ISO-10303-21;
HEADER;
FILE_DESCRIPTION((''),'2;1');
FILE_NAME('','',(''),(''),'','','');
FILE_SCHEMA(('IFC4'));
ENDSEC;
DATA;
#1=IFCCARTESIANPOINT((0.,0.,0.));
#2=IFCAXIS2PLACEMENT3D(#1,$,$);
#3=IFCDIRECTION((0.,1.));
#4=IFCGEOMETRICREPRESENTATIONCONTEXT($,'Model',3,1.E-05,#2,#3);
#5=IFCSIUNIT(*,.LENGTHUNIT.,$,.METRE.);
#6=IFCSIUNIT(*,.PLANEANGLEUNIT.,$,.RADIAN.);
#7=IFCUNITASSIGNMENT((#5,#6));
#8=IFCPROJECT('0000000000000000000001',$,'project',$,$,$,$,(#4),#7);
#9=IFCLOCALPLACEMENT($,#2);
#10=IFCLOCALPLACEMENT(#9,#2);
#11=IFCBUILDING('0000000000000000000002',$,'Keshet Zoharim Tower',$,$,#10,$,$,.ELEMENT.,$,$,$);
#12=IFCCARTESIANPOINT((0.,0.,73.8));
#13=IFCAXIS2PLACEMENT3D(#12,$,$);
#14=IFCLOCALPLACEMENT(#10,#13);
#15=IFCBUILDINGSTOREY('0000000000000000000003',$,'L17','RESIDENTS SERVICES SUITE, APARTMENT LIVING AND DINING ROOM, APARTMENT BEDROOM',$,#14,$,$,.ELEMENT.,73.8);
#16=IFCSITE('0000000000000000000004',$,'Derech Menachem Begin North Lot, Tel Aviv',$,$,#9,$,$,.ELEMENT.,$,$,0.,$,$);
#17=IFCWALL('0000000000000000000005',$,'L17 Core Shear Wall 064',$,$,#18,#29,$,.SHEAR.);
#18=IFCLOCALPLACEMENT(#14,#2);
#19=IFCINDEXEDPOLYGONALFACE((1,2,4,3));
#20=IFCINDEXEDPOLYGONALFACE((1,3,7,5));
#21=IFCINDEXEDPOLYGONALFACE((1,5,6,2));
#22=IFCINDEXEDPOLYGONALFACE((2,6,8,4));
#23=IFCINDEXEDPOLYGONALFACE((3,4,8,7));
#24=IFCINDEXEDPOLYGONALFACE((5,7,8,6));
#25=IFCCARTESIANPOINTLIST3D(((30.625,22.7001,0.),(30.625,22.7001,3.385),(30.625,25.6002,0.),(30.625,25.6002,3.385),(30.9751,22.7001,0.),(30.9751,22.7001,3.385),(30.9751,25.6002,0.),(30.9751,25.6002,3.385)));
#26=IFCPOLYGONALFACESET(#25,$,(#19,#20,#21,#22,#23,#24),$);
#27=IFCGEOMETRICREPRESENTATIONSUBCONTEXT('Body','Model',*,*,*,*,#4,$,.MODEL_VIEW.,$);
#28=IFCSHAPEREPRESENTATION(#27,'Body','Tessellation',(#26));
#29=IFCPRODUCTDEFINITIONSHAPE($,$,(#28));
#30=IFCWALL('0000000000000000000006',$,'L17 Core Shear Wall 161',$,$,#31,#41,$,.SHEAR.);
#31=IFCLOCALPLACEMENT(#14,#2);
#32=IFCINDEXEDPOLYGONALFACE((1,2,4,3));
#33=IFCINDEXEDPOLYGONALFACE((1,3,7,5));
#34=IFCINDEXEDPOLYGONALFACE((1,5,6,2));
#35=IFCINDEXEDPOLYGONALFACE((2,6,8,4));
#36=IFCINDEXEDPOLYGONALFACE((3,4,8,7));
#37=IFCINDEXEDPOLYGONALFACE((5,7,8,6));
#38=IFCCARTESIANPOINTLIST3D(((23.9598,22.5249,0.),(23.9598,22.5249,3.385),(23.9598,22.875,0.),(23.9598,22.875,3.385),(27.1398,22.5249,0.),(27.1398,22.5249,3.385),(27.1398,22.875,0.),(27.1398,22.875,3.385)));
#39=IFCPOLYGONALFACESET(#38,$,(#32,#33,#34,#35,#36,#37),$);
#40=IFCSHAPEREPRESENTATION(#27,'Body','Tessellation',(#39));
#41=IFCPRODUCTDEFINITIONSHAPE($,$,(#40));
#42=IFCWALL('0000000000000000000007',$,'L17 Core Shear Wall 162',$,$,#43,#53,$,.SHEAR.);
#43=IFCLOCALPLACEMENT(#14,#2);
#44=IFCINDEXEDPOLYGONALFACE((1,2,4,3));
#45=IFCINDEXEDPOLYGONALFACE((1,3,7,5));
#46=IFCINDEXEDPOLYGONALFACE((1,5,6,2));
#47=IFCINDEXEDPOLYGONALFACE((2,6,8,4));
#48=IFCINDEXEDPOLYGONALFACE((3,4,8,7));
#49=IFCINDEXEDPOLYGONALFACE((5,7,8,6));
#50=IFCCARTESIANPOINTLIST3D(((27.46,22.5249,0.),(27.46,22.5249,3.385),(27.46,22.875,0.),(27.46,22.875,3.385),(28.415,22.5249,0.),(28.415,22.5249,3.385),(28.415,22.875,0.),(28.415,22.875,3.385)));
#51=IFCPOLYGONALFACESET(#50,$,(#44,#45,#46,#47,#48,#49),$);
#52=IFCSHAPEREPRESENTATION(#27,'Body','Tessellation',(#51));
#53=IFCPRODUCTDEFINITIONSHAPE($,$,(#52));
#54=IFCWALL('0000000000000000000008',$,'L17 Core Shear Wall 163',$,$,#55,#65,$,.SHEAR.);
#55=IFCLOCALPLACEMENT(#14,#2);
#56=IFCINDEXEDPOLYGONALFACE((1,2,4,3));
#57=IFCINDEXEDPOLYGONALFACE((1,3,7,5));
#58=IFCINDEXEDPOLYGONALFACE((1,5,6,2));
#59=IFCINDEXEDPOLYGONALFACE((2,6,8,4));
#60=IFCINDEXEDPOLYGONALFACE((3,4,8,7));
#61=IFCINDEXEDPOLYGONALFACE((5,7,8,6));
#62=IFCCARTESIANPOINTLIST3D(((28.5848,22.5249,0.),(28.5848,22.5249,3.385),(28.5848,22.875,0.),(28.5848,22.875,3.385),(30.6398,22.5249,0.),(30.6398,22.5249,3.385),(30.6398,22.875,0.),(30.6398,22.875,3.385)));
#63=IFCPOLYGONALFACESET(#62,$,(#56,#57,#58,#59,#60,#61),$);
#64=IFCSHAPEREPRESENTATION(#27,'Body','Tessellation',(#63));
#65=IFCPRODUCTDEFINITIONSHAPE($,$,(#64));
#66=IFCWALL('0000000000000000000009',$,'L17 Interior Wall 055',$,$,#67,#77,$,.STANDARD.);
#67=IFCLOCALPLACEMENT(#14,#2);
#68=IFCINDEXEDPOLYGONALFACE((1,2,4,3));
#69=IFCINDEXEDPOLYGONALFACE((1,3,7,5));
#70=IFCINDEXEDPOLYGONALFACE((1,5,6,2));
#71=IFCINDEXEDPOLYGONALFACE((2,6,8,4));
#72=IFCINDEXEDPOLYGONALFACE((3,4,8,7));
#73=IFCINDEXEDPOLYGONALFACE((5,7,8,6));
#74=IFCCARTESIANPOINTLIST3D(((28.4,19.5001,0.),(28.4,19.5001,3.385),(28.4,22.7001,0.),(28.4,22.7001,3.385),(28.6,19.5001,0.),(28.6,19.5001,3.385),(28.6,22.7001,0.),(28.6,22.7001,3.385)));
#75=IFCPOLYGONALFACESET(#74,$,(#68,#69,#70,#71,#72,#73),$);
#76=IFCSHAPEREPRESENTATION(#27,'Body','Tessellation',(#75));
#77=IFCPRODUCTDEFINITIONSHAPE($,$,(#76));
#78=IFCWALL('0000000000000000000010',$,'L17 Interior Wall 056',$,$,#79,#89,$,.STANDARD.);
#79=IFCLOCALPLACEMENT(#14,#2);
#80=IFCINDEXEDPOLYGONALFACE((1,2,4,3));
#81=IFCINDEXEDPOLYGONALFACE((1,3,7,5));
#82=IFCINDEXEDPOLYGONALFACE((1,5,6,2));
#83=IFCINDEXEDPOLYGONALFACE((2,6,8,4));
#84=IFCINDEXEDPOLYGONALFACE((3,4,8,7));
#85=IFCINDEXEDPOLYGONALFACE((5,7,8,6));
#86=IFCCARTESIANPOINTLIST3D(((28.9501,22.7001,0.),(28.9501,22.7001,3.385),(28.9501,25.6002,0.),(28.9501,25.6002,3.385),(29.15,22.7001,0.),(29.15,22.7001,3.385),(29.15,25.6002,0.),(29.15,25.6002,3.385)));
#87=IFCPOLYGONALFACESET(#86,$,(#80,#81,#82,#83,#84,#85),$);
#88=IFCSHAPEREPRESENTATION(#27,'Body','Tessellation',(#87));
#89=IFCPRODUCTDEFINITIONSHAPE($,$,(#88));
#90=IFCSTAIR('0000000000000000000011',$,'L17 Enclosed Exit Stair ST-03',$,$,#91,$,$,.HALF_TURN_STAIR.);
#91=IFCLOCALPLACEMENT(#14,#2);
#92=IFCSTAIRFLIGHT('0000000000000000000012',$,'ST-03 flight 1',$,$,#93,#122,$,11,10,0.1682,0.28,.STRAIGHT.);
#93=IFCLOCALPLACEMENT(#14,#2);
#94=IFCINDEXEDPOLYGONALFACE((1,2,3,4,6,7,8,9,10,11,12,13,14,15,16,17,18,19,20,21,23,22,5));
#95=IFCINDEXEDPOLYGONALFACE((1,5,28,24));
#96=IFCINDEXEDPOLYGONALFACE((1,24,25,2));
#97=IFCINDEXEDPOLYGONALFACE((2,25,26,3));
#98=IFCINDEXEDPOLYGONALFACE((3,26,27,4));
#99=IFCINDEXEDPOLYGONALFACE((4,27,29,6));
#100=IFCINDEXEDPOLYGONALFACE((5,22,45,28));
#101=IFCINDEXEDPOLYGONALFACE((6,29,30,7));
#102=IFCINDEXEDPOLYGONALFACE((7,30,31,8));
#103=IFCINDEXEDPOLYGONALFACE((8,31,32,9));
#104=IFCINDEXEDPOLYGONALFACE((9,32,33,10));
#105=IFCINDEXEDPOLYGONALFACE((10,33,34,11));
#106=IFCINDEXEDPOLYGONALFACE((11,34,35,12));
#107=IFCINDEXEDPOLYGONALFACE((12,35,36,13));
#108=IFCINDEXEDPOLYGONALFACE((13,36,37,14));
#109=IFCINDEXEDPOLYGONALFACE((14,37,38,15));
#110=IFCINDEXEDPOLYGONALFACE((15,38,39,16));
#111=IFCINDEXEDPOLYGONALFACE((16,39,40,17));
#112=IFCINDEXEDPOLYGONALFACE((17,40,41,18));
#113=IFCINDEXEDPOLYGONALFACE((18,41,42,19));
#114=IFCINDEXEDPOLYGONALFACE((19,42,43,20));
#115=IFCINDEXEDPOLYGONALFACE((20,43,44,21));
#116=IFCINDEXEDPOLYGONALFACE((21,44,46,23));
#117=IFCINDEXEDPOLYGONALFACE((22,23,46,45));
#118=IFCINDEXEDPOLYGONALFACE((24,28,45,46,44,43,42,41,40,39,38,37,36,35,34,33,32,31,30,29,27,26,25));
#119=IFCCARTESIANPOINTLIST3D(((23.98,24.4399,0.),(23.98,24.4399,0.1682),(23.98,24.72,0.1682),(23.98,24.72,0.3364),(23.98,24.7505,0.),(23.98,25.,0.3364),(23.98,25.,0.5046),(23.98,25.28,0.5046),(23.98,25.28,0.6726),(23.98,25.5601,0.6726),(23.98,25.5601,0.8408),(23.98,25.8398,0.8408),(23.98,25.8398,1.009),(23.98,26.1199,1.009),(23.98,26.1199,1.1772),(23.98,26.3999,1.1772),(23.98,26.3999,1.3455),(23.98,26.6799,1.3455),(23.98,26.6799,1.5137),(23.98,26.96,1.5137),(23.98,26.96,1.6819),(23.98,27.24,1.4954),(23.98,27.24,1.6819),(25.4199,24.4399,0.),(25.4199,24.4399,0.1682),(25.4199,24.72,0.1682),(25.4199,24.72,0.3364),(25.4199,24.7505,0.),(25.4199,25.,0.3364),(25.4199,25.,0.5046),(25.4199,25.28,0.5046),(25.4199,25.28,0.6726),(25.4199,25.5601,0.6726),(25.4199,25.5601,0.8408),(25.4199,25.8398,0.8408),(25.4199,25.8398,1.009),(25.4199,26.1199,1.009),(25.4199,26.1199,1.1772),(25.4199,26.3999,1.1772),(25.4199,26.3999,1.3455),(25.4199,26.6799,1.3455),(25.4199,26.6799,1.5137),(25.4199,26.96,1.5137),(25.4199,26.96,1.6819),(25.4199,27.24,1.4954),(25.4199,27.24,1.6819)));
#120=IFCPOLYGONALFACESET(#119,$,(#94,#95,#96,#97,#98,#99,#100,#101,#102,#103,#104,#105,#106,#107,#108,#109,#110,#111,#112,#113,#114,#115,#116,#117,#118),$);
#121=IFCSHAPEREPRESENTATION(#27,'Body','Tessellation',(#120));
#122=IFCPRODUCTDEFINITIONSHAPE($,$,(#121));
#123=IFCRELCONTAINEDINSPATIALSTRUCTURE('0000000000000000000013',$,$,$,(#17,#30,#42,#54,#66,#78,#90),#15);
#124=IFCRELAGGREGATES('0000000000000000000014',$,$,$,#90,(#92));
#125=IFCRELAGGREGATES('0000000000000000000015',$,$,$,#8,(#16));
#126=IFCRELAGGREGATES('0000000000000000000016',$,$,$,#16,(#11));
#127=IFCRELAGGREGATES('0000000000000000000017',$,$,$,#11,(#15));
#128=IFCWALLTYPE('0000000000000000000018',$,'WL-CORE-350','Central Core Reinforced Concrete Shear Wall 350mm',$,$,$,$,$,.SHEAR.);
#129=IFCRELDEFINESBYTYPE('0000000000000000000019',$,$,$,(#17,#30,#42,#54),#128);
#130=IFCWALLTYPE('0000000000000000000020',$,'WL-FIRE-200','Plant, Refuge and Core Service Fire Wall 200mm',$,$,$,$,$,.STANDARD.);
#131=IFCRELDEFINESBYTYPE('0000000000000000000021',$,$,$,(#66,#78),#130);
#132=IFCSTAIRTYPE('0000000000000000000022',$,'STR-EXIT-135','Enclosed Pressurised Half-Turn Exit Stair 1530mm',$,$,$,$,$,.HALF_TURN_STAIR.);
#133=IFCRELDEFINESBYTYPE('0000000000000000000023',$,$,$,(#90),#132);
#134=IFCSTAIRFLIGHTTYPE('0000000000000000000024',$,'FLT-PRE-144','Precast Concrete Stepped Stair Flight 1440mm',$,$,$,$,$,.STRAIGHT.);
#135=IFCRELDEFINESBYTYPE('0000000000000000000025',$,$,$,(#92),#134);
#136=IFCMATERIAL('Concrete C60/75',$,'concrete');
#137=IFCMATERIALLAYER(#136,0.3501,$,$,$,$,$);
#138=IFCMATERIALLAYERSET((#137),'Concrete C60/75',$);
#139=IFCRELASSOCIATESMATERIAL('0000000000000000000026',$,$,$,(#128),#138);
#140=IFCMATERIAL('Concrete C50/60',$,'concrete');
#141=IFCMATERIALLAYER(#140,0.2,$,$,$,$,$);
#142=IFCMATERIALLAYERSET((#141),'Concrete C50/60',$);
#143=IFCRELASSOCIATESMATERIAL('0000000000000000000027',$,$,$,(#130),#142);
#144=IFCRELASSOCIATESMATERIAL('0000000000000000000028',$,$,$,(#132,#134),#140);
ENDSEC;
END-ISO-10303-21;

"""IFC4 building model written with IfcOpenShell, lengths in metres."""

from ifc_helpers import new_model, si_unit, direction, frame, frame_2d, origin, place, context, subcontext, project, spatial, polyline, rectangle, outline, extrude, material, layer, layer_set, type_object, element, aggregate, save


model = new_model("IFC4")

# Units and contexts
model_context = context("Model", 3, precision=1e-05, world=origin(), true_north=direction((0.0, 1.0)))
body_context = subcontext(model_context, "Body", "Model", "MODEL_VIEW")
ifc_project = project(units=[si_unit("LENGTHUNIT", "METRE"), si_unit("PLANEANGLEUNIT", "RADIAN")], contexts=[model_context])

# Site, building, storey
site_placement = place(None, origin())
site = spatial("IfcSite", under=ifc_project, at=site_placement, Name="Derech Menachem Begin North Lot, Tel Aviv", CompositionType="ELEMENT", RefElevation=0.0)
building_placement = place(site_placement, origin())
building = spatial("IfcBuilding", under=site, at=building_placement, Name="Keshet Zoharim Tower", CompositionType="ELEMENT")
storey_placement = place(building_placement, frame((0.0, 0.0, 73.8)))
storey = spatial("IfcBuildingStorey", under=building, at=storey_placement, Name="L17", Description="RESIDENTS SERVICES SUITE, APARTMENT LIVING AND DINING ROOM, APARTMENT BEDROOM", CompositionType="ELEMENT", Elevation=73.8)

# Shared definitions
ifc_material_1 = material(Name="Concrete C60/75", Category="concrete")

# Shared definitions
ifc_layer_1 = layer(ifc_material_1, 0.3501)
ifc_layer_set_1 = layer_set([ifc_layer_1], Name="Concrete C60/75")
wall_type_1 = type_object("IfcWallType", Name="WL-CORE-350", Description="Central Core Reinforced Concrete Shear Wall 350mm", PredefinedType="SHEAR", material=ifc_layer_set_1)

# Walls
wall_1_placement = place(storey_placement, frame((30.8, 22.7, 0.0), z_axis=(0.0, 0.0, 1.0), x_axis=(0.0, 1.0, 0.0)))
element("IfcWall", 1, at=wall_1_placement, inside=storey, type_object=wall_type_1, Name="L17 Core Shear Wall 064", PredefinedType="SHEAR", context=body_context, shape_type="SweptSolid", body=[
    extrude(rectangle(XDim=2.9001, YDim=0.3501, at=frame_2d((1.4502, 0.0))), origin(), (0.0, 0.0, 1.0), 3.385),
])
wall_2_placement = place(storey_placement, frame((23.96, 22.7, 0.0), z_axis=(0.0, 0.0, 1.0), x_axis=(1.0, 0.0, 0.0)))
element("IfcWall", 2, at=wall_2_placement, inside=storey, type_object=wall_type_1, Name="L17 Core Shear Wall 161", PredefinedType="SHEAR", context=body_context, shape_type="SweptSolid", body=[
    extrude(rectangle(XDim=3.1799, YDim=0.3501, at=frame_2d((1.5898, 0.0))), origin(), (0.0, 0.0, 1.0), 3.385),
])
wall_3_placement = place(storey_placement, frame((27.46, 22.7, 0.0), z_axis=(0.0, 0.0, 1.0), x_axis=(1.0, 0.0, 0.0)))
element("IfcWall", 3, at=wall_3_placement, inside=storey, type_object=wall_type_1, Name="L17 Core Shear Wall 162", PredefinedType="SHEAR", context=body_context, shape_type="SweptSolid", body=[
    extrude(rectangle(XDim=0.9551, YDim=0.3501, at=frame_2d((0.4775, 0.0))), origin(), (0.0, 0.0, 1.0), 3.385),
])
wall_4_placement = place(storey_placement, frame((28.585, 22.7, 0.0), z_axis=(0.0, 0.0, 1.0), x_axis=(1.0, 0.0, 0.0)))
element("IfcWall", 4, at=wall_4_placement, inside=storey, type_object=wall_type_1, Name="L17 Core Shear Wall 163", PredefinedType="SHEAR", context=body_context, shape_type="SweptSolid", body=[
    extrude(rectangle(XDim=2.0549, YDim=0.3501, at=frame_2d((1.0273, 0.0))), origin(), (0.0, 0.0, 1.0), 3.385),
])
ifc_material_2 = material(Name="Concrete C50/60", Category="concrete")
ifc_layer_2 = layer(ifc_material_2, 0.2)
ifc_layer_set_2 = layer_set([ifc_layer_2], Name="Concrete C50/60")
wall_type_2 = type_object("IfcWallType", Name="WL-FIRE-200", Description="Plant, Refuge and Core Service Fire Wall 200mm", PredefinedType="STANDARD", material=ifc_layer_set_2)
wall_5_placement = place(storey_placement, frame((28.5, 19.5, 0.0), z_axis=(0.0, 0.0, 1.0), x_axis=(0.0, 1.0, 0.0)))
element("IfcWall", 5, at=wall_5_placement, inside=storey, type_object=wall_type_2, Name="L17 Interior Wall 055", PredefinedType="STANDARD", context=body_context, shape_type="SweptSolid", body=[
    extrude(rectangle(XDim=3.2, YDim=0.2, at=frame_2d((1.6001, 0.0))), origin(), (0.0, 0.0, 1.0), 3.385),
])
wall_6_placement = place(storey_placement, frame((29.05, 22.7, 0.0), z_axis=(0.0, 0.0, 1.0), x_axis=(0.0, 1.0, 0.0)))
element("IfcWall", 6, at=wall_6_placement, inside=storey, type_object=wall_type_2, Name="L17 Interior Wall 056", PredefinedType="STANDARD", context=body_context, shape_type="SweptSolid", body=[
    extrude(rectangle(XDim=2.9001, YDim=0.2, at=frame_2d((1.4502, 0.0))), origin(), (0.0, 0.0, 1.0), 3.385),
])

# Stair, stair flight
stair_type = type_object("IfcStairType", Name="STR-EXIT-135", Description="Enclosed Pressurised Half-Turn Exit Stair 1530mm", PredefinedType="HALF_TURN_STAIR", material=ifc_material_2)
stair_placement = place(storey_placement, origin())
stair = element("IfcStair", 7, at=stair_placement, inside=storey, type_object=stair_type, Name="L17 Enclosed Exit Stair ST-03", PredefinedType="HALF_TURN_STAIR")
stair_flight_type = type_object("IfcStairFlightType", Name="FLT-PRE-144", Description="Precast Concrete Stepped Stair Flight 1440mm", PredefinedType="STRAIGHT", material=ifc_material_2)
stair_flight_placement = place(storey_placement, frame((24.7, 24.4399, 0.0), z_axis=(0.0, 0.0, 1.0), x_axis=(0.0, 1.0, 0.0)))
stair_flight = element("IfcStairFlight", 8, at=stair_flight_placement, type_object=stair_flight_type, Name="ST-03 flight 1", NumberOfRisers=11, NumberOfTreads=10, PredefinedType="STRAIGHT", RiserHeight=0.1682, TreadLength=0.28, context=body_context, shape_type="SweptSolid", body=[
    extrude(outline(polyline([(0.0, 0.0), (0.0, 0.1682), (0.28, 0.1682), (0.28, 0.3364), (0.5601, 0.3364), (0.5601, 0.5046), (0.8401, 0.5046), (0.8401, 0.6726), (1.1201, 0.6726), (1.1201, 0.8408), (1.3999, 0.8408), (1.3999, 1.009), (1.6799, 1.009), (1.6799, 1.1772), (1.96, 1.1772), (1.96, 1.3455), (2.24, 1.3455), (2.24, 1.5137), (2.52, 1.5137), (2.52, 1.6819), (2.8, 1.6819), (2.8, 1.8501), (2.8, 1.4954), (0.3105, 0.0), (0.0, 0.0)])), frame((0.0, 0.72, 0.0), z_axis=(0.0, -1.0, 0.0), x_axis=(1.0, 0.0, 0.0)), (0.0, 0.0, 1.0), 1.4399),
])
aggregate(stair, [stair_flight])

save(model, "model.ifc")
